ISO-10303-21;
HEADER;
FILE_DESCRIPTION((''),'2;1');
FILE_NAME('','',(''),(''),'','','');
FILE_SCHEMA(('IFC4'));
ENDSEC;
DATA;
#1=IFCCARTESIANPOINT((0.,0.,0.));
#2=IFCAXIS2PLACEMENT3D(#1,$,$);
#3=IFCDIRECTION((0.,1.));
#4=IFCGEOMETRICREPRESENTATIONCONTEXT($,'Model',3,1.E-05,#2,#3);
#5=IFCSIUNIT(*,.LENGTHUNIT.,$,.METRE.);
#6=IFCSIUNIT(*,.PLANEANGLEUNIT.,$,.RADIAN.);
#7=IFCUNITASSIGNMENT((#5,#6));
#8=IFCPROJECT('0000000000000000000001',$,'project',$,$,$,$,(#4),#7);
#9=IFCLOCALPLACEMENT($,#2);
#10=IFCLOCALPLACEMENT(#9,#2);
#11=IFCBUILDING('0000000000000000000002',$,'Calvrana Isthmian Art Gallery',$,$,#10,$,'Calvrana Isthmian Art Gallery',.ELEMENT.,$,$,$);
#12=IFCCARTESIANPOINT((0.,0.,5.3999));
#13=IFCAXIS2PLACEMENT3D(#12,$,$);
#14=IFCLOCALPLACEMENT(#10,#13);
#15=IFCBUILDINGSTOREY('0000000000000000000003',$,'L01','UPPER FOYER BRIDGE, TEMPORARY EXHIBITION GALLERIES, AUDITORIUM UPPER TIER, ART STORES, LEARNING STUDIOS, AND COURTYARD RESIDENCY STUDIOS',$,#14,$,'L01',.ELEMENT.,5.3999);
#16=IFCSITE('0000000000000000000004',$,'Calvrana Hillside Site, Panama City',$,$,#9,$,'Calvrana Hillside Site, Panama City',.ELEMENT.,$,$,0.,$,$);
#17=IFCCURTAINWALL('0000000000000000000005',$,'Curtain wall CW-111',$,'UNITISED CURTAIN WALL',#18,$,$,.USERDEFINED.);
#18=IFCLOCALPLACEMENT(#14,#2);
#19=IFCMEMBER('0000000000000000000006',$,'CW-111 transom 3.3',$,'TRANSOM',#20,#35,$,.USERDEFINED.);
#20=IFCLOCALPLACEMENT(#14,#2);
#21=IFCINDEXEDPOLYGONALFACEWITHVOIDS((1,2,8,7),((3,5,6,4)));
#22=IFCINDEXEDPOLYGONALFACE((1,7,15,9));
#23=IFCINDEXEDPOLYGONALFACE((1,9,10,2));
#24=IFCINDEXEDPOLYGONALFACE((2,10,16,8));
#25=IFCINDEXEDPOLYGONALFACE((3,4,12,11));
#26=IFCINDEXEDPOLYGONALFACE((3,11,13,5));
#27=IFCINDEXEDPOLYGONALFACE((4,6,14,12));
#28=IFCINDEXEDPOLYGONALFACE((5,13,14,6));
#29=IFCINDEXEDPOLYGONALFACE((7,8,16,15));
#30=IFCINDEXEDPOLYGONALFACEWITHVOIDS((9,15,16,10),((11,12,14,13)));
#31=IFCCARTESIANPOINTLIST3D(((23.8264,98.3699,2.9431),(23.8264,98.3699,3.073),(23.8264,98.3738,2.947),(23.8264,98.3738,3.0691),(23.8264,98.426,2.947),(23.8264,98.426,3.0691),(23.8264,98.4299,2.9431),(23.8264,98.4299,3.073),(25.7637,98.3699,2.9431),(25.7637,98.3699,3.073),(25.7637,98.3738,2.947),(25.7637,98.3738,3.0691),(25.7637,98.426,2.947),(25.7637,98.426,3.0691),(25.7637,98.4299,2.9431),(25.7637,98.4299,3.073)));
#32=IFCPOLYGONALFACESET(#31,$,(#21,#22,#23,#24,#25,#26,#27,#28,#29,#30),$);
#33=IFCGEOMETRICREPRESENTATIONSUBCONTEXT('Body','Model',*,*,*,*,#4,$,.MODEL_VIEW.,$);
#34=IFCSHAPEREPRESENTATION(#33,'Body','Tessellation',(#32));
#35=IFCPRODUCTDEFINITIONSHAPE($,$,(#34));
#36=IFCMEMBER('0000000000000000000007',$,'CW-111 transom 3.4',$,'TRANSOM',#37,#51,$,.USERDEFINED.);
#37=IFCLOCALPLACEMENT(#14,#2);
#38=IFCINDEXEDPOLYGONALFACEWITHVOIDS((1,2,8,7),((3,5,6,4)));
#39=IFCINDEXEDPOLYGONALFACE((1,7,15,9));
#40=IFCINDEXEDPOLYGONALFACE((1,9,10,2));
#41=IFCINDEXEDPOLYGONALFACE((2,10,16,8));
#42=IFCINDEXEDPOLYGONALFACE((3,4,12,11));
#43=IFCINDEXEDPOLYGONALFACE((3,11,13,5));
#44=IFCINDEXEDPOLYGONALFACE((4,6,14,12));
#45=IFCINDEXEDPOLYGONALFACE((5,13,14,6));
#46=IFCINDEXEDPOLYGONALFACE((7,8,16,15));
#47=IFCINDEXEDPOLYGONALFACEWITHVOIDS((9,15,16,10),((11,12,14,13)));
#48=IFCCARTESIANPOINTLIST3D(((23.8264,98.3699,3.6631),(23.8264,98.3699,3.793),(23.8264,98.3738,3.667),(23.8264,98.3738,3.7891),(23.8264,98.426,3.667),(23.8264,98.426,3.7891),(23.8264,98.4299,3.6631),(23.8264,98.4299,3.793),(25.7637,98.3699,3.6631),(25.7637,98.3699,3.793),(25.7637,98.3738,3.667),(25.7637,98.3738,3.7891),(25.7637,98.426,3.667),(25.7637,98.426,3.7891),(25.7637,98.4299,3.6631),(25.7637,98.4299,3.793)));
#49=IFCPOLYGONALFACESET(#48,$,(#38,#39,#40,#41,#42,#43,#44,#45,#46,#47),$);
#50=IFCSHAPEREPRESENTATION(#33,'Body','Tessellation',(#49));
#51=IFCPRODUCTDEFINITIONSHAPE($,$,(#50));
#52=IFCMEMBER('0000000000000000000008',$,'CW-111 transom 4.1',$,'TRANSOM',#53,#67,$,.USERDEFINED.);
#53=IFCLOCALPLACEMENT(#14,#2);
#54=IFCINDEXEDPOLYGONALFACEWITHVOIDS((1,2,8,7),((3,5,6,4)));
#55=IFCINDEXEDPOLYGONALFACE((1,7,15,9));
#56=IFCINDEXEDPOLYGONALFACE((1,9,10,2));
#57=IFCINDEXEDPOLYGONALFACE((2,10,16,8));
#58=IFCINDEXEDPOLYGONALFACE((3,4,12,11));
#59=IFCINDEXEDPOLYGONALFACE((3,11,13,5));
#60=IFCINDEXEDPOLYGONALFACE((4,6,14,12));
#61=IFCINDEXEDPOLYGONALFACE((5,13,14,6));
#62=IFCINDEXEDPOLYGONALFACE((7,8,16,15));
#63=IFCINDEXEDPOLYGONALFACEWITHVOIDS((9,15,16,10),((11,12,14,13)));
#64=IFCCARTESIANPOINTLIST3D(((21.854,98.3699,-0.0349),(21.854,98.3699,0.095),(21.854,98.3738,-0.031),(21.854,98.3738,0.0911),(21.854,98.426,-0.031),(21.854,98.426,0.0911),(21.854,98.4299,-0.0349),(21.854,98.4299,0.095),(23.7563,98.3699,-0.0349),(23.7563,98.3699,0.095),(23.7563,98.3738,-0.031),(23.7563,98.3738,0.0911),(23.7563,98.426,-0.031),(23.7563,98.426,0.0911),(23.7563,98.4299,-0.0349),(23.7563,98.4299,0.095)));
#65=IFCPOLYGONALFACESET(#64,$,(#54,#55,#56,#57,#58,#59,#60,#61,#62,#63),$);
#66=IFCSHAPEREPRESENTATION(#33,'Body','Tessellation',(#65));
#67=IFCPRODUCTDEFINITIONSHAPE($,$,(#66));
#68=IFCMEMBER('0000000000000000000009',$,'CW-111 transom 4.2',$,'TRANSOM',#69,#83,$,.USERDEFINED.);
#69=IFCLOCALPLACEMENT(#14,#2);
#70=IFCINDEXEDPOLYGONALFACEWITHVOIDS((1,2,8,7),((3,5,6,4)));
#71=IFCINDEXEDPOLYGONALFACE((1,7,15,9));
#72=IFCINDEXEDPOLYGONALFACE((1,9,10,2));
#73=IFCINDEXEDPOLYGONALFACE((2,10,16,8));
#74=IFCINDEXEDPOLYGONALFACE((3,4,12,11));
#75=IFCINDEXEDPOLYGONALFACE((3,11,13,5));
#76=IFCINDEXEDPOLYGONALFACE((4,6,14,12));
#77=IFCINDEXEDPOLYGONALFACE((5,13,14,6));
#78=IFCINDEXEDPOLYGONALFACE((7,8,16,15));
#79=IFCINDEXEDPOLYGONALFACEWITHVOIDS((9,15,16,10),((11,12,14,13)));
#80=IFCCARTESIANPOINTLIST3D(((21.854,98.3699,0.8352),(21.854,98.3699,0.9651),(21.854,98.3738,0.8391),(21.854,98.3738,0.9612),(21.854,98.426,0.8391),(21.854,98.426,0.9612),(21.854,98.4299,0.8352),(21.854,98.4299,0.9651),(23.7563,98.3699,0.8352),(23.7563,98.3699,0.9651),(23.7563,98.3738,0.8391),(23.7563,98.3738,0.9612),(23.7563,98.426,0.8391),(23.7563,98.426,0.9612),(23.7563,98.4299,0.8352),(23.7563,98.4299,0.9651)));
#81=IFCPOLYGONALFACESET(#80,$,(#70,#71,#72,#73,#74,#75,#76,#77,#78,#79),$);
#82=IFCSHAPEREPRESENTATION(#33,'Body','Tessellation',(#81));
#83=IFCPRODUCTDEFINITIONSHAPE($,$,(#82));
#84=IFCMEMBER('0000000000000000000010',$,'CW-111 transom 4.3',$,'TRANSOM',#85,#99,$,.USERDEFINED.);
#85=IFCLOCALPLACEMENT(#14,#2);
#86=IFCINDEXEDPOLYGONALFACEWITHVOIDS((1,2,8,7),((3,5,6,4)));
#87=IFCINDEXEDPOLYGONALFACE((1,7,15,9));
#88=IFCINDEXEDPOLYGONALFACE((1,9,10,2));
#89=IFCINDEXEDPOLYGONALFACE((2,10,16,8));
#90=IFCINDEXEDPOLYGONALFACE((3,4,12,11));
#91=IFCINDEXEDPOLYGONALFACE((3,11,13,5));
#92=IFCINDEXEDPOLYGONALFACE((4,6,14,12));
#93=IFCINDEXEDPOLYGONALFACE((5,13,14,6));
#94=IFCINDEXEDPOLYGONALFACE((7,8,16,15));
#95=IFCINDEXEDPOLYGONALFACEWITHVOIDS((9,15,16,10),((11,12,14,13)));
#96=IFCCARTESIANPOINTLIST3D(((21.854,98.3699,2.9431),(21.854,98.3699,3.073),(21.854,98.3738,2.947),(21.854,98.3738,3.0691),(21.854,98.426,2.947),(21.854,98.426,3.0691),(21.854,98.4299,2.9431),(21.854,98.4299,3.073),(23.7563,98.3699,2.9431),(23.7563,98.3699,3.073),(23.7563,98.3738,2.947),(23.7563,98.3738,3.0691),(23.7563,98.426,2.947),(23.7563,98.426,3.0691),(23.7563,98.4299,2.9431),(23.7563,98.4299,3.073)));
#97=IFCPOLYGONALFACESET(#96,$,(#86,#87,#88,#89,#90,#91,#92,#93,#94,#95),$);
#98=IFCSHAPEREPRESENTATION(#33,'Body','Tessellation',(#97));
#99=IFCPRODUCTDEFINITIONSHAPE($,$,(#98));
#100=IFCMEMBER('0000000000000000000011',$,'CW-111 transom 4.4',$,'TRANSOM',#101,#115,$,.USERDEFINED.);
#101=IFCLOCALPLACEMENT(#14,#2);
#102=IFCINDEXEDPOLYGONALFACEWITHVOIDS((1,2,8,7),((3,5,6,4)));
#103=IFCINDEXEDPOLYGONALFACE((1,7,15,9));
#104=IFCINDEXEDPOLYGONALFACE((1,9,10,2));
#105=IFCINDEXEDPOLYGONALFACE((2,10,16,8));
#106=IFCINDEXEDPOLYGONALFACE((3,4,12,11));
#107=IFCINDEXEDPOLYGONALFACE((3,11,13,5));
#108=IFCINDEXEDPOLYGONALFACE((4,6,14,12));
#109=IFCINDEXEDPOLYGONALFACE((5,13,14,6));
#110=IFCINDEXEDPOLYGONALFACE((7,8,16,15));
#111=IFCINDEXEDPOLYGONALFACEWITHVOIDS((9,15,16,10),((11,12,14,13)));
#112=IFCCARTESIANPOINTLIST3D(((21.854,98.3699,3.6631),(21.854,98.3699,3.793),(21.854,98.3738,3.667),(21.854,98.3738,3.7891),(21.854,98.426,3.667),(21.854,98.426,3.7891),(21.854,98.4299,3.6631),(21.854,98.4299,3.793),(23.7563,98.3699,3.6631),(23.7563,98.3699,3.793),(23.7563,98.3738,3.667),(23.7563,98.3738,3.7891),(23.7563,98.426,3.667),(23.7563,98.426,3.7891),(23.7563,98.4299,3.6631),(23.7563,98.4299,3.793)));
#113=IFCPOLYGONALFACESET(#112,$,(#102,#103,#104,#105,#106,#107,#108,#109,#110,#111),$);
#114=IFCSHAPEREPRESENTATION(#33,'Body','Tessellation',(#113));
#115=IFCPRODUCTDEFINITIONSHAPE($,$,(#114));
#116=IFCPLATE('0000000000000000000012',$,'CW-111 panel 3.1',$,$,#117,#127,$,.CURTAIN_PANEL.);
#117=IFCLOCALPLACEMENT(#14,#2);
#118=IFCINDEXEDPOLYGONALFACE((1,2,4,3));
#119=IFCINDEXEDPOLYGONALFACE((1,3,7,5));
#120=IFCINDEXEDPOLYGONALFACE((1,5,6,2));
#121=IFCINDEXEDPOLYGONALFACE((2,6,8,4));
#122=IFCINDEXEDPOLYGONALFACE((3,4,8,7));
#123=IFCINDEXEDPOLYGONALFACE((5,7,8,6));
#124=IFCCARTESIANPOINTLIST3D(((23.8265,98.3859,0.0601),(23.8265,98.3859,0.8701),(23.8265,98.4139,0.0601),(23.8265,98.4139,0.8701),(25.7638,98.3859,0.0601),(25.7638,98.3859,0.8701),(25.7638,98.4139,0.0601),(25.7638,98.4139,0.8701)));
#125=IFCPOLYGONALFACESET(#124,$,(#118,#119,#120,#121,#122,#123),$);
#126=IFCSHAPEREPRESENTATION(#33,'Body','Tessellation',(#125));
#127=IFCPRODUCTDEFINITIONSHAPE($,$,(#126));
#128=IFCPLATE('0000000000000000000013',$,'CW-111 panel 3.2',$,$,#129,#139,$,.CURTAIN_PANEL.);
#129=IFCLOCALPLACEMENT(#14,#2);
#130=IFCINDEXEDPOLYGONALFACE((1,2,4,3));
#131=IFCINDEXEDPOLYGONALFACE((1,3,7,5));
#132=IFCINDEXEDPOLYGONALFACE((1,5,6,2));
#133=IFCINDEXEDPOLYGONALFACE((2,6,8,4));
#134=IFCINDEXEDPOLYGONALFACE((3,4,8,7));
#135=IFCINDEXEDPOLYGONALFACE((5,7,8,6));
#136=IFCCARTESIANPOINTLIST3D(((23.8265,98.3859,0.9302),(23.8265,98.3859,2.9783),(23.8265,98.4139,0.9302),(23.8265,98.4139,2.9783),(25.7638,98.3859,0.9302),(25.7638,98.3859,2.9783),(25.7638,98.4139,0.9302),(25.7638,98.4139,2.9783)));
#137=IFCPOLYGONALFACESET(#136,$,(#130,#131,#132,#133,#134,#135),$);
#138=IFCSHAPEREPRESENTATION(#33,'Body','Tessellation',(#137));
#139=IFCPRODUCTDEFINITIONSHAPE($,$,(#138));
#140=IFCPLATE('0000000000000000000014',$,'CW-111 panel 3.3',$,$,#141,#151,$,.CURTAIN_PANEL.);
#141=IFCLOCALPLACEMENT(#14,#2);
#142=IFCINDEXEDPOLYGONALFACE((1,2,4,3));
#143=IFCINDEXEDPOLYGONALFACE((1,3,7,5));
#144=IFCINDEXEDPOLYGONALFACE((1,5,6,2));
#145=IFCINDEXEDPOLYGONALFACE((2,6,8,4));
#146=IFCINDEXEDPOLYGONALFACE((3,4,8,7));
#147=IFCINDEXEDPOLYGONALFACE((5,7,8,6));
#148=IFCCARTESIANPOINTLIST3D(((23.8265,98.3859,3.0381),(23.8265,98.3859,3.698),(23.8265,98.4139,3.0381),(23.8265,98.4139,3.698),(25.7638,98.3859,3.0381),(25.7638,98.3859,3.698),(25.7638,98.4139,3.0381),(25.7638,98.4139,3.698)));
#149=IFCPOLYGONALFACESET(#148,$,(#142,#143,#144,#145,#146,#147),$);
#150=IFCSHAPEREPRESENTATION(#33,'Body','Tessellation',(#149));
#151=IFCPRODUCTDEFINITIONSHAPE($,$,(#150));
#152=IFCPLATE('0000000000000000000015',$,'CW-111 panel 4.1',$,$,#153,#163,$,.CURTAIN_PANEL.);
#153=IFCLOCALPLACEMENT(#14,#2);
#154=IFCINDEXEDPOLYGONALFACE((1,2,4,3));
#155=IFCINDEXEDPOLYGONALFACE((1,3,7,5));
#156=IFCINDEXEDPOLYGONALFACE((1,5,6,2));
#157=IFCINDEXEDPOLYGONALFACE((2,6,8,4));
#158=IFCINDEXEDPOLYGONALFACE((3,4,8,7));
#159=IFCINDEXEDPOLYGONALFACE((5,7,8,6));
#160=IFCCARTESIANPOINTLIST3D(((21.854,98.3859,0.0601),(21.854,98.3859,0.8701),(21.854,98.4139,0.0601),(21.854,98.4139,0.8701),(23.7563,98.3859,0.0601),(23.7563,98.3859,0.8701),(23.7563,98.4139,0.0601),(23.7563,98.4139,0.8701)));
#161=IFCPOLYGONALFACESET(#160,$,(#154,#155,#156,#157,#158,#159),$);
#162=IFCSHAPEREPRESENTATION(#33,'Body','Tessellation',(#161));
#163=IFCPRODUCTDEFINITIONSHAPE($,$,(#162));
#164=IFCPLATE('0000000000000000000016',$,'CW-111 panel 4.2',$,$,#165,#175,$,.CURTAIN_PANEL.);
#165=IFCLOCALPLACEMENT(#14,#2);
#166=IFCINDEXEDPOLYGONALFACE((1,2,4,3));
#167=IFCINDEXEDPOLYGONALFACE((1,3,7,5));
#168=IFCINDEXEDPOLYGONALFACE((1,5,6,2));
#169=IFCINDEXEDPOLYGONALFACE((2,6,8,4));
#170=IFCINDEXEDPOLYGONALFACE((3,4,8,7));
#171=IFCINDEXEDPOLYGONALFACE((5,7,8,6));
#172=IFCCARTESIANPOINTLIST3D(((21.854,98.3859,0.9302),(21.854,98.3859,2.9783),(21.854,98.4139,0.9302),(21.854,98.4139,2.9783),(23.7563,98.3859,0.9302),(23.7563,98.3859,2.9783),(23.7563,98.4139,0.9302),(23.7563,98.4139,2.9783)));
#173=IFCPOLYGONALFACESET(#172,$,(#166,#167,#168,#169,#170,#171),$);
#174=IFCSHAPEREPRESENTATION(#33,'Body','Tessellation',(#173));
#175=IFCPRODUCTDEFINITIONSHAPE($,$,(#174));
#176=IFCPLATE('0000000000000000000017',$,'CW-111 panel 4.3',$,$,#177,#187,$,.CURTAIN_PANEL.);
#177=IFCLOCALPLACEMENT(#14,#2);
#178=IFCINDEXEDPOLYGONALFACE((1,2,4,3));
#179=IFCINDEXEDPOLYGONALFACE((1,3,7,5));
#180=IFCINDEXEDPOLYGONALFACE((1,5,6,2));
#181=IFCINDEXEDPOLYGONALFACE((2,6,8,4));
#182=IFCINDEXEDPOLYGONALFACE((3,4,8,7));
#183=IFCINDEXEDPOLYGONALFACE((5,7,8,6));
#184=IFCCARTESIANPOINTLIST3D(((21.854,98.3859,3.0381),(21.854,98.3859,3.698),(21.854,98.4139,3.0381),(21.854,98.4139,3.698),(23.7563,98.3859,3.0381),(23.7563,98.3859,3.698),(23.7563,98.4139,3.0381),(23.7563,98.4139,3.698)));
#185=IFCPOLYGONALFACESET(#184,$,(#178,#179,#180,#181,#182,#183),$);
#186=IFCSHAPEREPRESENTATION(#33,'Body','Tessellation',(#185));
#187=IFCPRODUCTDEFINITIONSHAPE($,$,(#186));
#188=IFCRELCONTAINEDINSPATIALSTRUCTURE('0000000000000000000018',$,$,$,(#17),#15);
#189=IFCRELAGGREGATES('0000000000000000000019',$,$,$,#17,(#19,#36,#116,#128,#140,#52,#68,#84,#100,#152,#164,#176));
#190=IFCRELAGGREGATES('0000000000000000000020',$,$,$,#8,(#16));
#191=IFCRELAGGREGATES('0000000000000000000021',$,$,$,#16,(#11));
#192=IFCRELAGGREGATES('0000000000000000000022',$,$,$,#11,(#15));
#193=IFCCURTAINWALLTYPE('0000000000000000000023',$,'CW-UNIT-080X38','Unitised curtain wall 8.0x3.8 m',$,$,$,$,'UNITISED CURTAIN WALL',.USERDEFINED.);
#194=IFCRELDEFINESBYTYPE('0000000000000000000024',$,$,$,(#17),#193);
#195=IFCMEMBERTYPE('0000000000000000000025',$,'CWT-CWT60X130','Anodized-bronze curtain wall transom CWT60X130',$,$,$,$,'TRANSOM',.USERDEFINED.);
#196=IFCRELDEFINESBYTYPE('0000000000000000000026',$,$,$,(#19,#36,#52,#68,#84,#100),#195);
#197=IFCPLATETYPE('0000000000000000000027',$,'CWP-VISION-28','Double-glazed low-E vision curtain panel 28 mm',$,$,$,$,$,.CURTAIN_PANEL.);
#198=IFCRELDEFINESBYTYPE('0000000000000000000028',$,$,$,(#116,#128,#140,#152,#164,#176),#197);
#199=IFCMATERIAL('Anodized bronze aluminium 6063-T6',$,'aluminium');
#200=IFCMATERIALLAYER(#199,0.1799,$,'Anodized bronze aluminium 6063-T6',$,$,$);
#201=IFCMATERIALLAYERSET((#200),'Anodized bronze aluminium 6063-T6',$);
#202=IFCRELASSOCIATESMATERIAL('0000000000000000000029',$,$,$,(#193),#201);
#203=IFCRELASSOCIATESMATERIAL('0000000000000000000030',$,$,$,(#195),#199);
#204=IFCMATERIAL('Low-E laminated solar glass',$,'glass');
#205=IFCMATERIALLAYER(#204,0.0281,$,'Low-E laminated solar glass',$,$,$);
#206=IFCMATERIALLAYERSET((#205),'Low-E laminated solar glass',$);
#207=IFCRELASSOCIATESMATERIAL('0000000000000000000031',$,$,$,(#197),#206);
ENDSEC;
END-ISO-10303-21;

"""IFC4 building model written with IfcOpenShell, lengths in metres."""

from ifc_helpers import new_model, si_unit, direction, frame, origin, origin_2d, place, context, subcontext, project, spatial, rectangle, hollow_rectangle, extrude, material, layer, layer_set, material_profile, profile_set, type_object, element, aggregate, save


model = new_model("IFC4")

# Units and contexts
model_context = context("Model", 3, precision=1e-05, world=origin(), true_north=direction((0.0, 1.0)))
body_context = subcontext(model_context, "Body", "Model", "MODEL_VIEW")
ifc_project = project(units=[si_unit("LENGTHUNIT", "METRE"), si_unit("PLANEANGLEUNIT", "RADIAN")], contexts=[model_context])

# Site, building, storey
site_placement = place(None, origin())
site = spatial("IfcSite", under=ifc_project, at=site_placement, Name="Calvrana Hillside Site, Panama City", LongName="Calvrana Hillside Site, Panama City", CompositionType="ELEMENT", RefElevation=0.0)
building_placement = place(site_placement, origin())
building = spatial("IfcBuilding", under=site, at=building_placement, Name="Calvrana Isthmian Art Gallery", LongName="Calvrana Isthmian Art Gallery", CompositionType="ELEMENT")
storey_placement = place(building_placement, frame((0.0, 0.0, 5.3999)))
storey = spatial("IfcBuildingStorey", under=building, at=storey_placement, Name="L01", Description="UPPER FOYER BRIDGE, TEMPORARY EXHIBITION GALLERIES, AUDITORIUM UPPER TIER, ART STORES, LEARNING STUDIOS, AND COURTYARD RESIDENCY STUDIOS", LongName="L01", CompositionType="ELEMENT", Elevation=5.3999)

# Curtain wall, members, plates
ifc_material_1 = material(Name="Anodized bronze aluminium 6063-T6", Category="aluminium")
ifc_layer_1 = layer(ifc_material_1, 0.1799, Name="Anodized bronze aluminium 6063-T6")
ifc_layer_set_1 = layer_set([ifc_layer_1], Name="Anodized bronze aluminium 6063-T6")
curtain_wall_type = type_object("IfcCurtainWallType", Name="CW-UNIT-080X38", Description="Unitised curtain wall 8.0x3.8 m", ElementType="UNITISED CURTAIN WALL", PredefinedType="USERDEFINED", material=ifc_layer_set_1)
curtain_wall_placement = place(storey_placement, origin())
curtain_wall = element("IfcCurtainWall", 1, at=curtain_wall_placement, inside=storey, type_object=curtain_wall_type, Name="Curtain wall CW-111", ObjectType="UNITISED CURTAIN WALL", PredefinedType="USERDEFINED")
ifc_material_profile_1 = material_profile(ifc_material_1, hollow_rectangle(XDim=0.0601, YDim=0.1299, WallThickness=0.0039, at=origin_2d()), Name="CWT60X130")
ifc_profile_set_1 = profile_set([ifc_material_profile_1], Name="Anodized bronze aluminium 6063-T6")
member_type_1 = type_object("IfcMemberType", Name="CWT-CWT60X130", Description="Anodized-bronze curtain wall transom CWT60X130", ElementType="TRANSOM", PredefinedType="USERDEFINED", material=ifc_profile_set_1)
member_1_placement = place(storey_placement, frame((25.7637, 98.3999, 3.0081), z_axis=(-1.0, 0.0, 0.0), x_axis=(0.0, -1.0, 0.0)))
member_1 = element("IfcMember", 2, at=member_1_placement, type_object=member_type_1, Name="CW-111 transom 3.3", ObjectType="TRANSOM", PredefinedType="USERDEFINED", context=body_context, shape_type="SweptSolid", body=[
    extrude(hollow_rectangle(XDim=0.0601, YDim=0.1299, WallThickness=0.0039, at=origin_2d()), origin(), (0.0, 0.0, 1.0), 1.9373),
])
member_2_placement = place(storey_placement, frame((25.7637, 98.3999, 3.728), z_axis=(-1.0, 0.0, 0.0), x_axis=(0.0, -1.0, 0.0)))
member_2 = element("IfcMember", 3, at=member_2_placement, type_object=member_type_1, Name="CW-111 transom 3.4", ObjectType="TRANSOM", PredefinedType="USERDEFINED", context=body_context, shape_type="SweptSolid", body=[
    extrude(hollow_rectangle(XDim=0.0601, YDim=0.1299, WallThickness=0.0039, at=origin_2d()), origin(), (0.0, 0.0, 1.0), 1.9373),
])
member_3_placement = place(storey_placement, frame((23.7563, 98.3999, 0.03), z_axis=(-1.0, 0.0, 0.0), x_axis=(0.0, -1.0, 0.0)))
member_3 = element("IfcMember", 4, at=member_3_placement, type_object=member_type_1, Name="CW-111 transom 4.1", ObjectType="TRANSOM", PredefinedType="USERDEFINED", context=body_context, shape_type="SweptSolid", body=[
    extrude(hollow_rectangle(XDim=0.0601, YDim=0.1299, WallThickness=0.0039, at=origin_2d()), origin(), (0.0, 0.0, 1.0), 1.9023),
])
member_4_placement = place(storey_placement, frame((23.7563, 98.3999, 0.9001), z_axis=(-1.0, 0.0, 0.0), x_axis=(0.0, -1.0, 0.0)))
member_4 = element("IfcMember", 5, at=member_4_placement, type_object=member_type_1, Name="CW-111 transom 4.2", ObjectType="TRANSOM", PredefinedType="USERDEFINED", context=body_context, shape_type="SweptSolid", body=[
    extrude(hollow_rectangle(XDim=0.0601, YDim=0.1299, WallThickness=0.0039, at=origin_2d()), origin(), (0.0, 0.0, 1.0), 1.9023),
])
member_5_placement = place(storey_placement, frame((23.7563, 98.3999, 3.0081), z_axis=(-1.0, 0.0, 0.0), x_axis=(0.0, -1.0, 0.0)))
member_5 = element("IfcMember", 6, at=member_5_placement, type_object=member_type_1, Name="CW-111 transom 4.3", ObjectType="TRANSOM", PredefinedType="USERDEFINED", context=body_context, shape_type="SweptSolid", body=[
    extrude(hollow_rectangle(XDim=0.0601, YDim=0.1299, WallThickness=0.0039, at=origin_2d()), origin(), (0.0, 0.0, 1.0), 1.9023),
])
member_6_placement = place(storey_placement, frame((23.7563, 98.3999, 3.728), z_axis=(-1.0, 0.0, 0.0), x_axis=(0.0, -1.0, 0.0)))
member_6 = element("IfcMember", 7, at=member_6_placement, type_object=member_type_1, Name="CW-111 transom 4.4", ObjectType="TRANSOM", PredefinedType="USERDEFINED", context=body_context, shape_type="SweptSolid", body=[
    extrude(hollow_rectangle(XDim=0.0601, YDim=0.1299, WallThickness=0.0039, at=origin_2d()), origin(), (0.0, 0.0, 1.0), 1.9023),
])
ifc_material_2 = material(Name="Low-E laminated solar glass", Category="glass")
ifc_layer_2 = layer(ifc_material_2, 0.0281, Name="Low-E laminated solar glass")
ifc_layer_set_2 = layer_set([ifc_layer_2], Name="Low-E laminated solar glass")
plate_type = type_object("IfcPlateType", Name="CWP-VISION-28", Description="Double-glazed low-E vision curtain panel 28 mm", PredefinedType="CURTAIN_PANEL", material=ifc_layer_set_2)
plate_1_placement = place(storey_placement, frame((24.7952, 98.3999, 0.0601), z_axis=(0.0, 0.0, 1.0), x_axis=(-1.0, 0.0, 0.0)))
plate_1 = element("IfcPlate", 8, at=plate_1_placement, type_object=plate_type, Name="CW-111 panel 3.1", PredefinedType="CURTAIN_PANEL", context=body_context, shape_type="SweptSolid", body=[
    extrude(rectangle(XDim=1.9373, YDim=0.0281, at=origin_2d()), origin(), (0.0, 0.0, 1.0), 0.8101),
])
plate_2_placement = place(storey_placement, frame((24.7952, 98.3999, 0.9302), z_axis=(0.0, 0.0, 1.0), x_axis=(-1.0, 0.0, 0.0)))
plate_2 = element("IfcPlate", 9, at=plate_2_placement, type_object=plate_type, Name="CW-111 panel 3.2", PredefinedType="CURTAIN_PANEL", context=body_context, shape_type="SweptSolid", body=[
    extrude(rectangle(XDim=1.9373, YDim=0.0281, at=origin_2d()), origin(), (0.0, 0.0, 1.0), 2.0481),
])
plate_3_placement = place(storey_placement, frame((24.7952, 98.3999, 3.0381), z_axis=(0.0, 0.0, 1.0), x_axis=(-1.0, 0.0, 0.0)))
plate_3 = element("IfcPlate", 10, at=plate_3_placement, type_object=plate_type, Name="CW-111 panel 3.3", PredefinedType="CURTAIN_PANEL", context=body_context, shape_type="SweptSolid", body=[
    extrude(rectangle(XDim=1.9373, YDim=0.0281, at=origin_2d()), origin(), (0.0, 0.0, 1.0), 0.6599),
])
plate_4_placement = place(storey_placement, frame((22.8052, 98.3999, 0.0601), z_axis=(0.0, 0.0, 1.0), x_axis=(-1.0, 0.0, 0.0)))
plate_4 = element("IfcPlate", 11, at=plate_4_placement, type_object=plate_type, Name="CW-111 panel 4.1", PredefinedType="CURTAIN_PANEL", context=body_context, shape_type="SweptSolid", body=[
    extrude(rectangle(XDim=1.9023, YDim=0.0281, at=origin_2d()), origin(), (0.0, 0.0, 1.0), 0.8101),
])
plate_5_placement = place(storey_placement, frame((22.8052, 98.3999, 0.9302), z_axis=(0.0, 0.0, 1.0), x_axis=(-1.0, 0.0, 0.0)))
plate_5 = element("IfcPlate", 12, at=plate_5_placement, type_object=plate_type, Name="CW-111 panel 4.2", PredefinedType="CURTAIN_PANEL", context=body_context, shape_type="SweptSolid", body=[
    extrude(rectangle(XDim=1.9023, YDim=0.0281, at=origin_2d()), origin(), (0.0, 0.0, 1.0), 2.0481),
])
plate_6_placement = place(storey_placement, frame((22.8052, 98.3999, 3.0381), z_axis=(0.0, 0.0, 1.0), x_axis=(-1.0, 0.0, 0.0)))
plate_6 = element("IfcPlate", 13, at=plate_6_placement, type_object=plate_type, Name="CW-111 panel 4.3", PredefinedType="CURTAIN_PANEL", context=body_context, shape_type="SweptSolid", body=[
    extrude(rectangle(XDim=1.9023, YDim=0.0281, at=origin_2d()), origin(), (0.0, 0.0, 1.0), 0.6599),
])
aggregate(curtain_wall, [member_1, member_2, plate_1, plate_2, plate_3, member_3, member_4, member_5, member_6, plate_4, plate_5, plate_6])

save(model, "model.ifc")
